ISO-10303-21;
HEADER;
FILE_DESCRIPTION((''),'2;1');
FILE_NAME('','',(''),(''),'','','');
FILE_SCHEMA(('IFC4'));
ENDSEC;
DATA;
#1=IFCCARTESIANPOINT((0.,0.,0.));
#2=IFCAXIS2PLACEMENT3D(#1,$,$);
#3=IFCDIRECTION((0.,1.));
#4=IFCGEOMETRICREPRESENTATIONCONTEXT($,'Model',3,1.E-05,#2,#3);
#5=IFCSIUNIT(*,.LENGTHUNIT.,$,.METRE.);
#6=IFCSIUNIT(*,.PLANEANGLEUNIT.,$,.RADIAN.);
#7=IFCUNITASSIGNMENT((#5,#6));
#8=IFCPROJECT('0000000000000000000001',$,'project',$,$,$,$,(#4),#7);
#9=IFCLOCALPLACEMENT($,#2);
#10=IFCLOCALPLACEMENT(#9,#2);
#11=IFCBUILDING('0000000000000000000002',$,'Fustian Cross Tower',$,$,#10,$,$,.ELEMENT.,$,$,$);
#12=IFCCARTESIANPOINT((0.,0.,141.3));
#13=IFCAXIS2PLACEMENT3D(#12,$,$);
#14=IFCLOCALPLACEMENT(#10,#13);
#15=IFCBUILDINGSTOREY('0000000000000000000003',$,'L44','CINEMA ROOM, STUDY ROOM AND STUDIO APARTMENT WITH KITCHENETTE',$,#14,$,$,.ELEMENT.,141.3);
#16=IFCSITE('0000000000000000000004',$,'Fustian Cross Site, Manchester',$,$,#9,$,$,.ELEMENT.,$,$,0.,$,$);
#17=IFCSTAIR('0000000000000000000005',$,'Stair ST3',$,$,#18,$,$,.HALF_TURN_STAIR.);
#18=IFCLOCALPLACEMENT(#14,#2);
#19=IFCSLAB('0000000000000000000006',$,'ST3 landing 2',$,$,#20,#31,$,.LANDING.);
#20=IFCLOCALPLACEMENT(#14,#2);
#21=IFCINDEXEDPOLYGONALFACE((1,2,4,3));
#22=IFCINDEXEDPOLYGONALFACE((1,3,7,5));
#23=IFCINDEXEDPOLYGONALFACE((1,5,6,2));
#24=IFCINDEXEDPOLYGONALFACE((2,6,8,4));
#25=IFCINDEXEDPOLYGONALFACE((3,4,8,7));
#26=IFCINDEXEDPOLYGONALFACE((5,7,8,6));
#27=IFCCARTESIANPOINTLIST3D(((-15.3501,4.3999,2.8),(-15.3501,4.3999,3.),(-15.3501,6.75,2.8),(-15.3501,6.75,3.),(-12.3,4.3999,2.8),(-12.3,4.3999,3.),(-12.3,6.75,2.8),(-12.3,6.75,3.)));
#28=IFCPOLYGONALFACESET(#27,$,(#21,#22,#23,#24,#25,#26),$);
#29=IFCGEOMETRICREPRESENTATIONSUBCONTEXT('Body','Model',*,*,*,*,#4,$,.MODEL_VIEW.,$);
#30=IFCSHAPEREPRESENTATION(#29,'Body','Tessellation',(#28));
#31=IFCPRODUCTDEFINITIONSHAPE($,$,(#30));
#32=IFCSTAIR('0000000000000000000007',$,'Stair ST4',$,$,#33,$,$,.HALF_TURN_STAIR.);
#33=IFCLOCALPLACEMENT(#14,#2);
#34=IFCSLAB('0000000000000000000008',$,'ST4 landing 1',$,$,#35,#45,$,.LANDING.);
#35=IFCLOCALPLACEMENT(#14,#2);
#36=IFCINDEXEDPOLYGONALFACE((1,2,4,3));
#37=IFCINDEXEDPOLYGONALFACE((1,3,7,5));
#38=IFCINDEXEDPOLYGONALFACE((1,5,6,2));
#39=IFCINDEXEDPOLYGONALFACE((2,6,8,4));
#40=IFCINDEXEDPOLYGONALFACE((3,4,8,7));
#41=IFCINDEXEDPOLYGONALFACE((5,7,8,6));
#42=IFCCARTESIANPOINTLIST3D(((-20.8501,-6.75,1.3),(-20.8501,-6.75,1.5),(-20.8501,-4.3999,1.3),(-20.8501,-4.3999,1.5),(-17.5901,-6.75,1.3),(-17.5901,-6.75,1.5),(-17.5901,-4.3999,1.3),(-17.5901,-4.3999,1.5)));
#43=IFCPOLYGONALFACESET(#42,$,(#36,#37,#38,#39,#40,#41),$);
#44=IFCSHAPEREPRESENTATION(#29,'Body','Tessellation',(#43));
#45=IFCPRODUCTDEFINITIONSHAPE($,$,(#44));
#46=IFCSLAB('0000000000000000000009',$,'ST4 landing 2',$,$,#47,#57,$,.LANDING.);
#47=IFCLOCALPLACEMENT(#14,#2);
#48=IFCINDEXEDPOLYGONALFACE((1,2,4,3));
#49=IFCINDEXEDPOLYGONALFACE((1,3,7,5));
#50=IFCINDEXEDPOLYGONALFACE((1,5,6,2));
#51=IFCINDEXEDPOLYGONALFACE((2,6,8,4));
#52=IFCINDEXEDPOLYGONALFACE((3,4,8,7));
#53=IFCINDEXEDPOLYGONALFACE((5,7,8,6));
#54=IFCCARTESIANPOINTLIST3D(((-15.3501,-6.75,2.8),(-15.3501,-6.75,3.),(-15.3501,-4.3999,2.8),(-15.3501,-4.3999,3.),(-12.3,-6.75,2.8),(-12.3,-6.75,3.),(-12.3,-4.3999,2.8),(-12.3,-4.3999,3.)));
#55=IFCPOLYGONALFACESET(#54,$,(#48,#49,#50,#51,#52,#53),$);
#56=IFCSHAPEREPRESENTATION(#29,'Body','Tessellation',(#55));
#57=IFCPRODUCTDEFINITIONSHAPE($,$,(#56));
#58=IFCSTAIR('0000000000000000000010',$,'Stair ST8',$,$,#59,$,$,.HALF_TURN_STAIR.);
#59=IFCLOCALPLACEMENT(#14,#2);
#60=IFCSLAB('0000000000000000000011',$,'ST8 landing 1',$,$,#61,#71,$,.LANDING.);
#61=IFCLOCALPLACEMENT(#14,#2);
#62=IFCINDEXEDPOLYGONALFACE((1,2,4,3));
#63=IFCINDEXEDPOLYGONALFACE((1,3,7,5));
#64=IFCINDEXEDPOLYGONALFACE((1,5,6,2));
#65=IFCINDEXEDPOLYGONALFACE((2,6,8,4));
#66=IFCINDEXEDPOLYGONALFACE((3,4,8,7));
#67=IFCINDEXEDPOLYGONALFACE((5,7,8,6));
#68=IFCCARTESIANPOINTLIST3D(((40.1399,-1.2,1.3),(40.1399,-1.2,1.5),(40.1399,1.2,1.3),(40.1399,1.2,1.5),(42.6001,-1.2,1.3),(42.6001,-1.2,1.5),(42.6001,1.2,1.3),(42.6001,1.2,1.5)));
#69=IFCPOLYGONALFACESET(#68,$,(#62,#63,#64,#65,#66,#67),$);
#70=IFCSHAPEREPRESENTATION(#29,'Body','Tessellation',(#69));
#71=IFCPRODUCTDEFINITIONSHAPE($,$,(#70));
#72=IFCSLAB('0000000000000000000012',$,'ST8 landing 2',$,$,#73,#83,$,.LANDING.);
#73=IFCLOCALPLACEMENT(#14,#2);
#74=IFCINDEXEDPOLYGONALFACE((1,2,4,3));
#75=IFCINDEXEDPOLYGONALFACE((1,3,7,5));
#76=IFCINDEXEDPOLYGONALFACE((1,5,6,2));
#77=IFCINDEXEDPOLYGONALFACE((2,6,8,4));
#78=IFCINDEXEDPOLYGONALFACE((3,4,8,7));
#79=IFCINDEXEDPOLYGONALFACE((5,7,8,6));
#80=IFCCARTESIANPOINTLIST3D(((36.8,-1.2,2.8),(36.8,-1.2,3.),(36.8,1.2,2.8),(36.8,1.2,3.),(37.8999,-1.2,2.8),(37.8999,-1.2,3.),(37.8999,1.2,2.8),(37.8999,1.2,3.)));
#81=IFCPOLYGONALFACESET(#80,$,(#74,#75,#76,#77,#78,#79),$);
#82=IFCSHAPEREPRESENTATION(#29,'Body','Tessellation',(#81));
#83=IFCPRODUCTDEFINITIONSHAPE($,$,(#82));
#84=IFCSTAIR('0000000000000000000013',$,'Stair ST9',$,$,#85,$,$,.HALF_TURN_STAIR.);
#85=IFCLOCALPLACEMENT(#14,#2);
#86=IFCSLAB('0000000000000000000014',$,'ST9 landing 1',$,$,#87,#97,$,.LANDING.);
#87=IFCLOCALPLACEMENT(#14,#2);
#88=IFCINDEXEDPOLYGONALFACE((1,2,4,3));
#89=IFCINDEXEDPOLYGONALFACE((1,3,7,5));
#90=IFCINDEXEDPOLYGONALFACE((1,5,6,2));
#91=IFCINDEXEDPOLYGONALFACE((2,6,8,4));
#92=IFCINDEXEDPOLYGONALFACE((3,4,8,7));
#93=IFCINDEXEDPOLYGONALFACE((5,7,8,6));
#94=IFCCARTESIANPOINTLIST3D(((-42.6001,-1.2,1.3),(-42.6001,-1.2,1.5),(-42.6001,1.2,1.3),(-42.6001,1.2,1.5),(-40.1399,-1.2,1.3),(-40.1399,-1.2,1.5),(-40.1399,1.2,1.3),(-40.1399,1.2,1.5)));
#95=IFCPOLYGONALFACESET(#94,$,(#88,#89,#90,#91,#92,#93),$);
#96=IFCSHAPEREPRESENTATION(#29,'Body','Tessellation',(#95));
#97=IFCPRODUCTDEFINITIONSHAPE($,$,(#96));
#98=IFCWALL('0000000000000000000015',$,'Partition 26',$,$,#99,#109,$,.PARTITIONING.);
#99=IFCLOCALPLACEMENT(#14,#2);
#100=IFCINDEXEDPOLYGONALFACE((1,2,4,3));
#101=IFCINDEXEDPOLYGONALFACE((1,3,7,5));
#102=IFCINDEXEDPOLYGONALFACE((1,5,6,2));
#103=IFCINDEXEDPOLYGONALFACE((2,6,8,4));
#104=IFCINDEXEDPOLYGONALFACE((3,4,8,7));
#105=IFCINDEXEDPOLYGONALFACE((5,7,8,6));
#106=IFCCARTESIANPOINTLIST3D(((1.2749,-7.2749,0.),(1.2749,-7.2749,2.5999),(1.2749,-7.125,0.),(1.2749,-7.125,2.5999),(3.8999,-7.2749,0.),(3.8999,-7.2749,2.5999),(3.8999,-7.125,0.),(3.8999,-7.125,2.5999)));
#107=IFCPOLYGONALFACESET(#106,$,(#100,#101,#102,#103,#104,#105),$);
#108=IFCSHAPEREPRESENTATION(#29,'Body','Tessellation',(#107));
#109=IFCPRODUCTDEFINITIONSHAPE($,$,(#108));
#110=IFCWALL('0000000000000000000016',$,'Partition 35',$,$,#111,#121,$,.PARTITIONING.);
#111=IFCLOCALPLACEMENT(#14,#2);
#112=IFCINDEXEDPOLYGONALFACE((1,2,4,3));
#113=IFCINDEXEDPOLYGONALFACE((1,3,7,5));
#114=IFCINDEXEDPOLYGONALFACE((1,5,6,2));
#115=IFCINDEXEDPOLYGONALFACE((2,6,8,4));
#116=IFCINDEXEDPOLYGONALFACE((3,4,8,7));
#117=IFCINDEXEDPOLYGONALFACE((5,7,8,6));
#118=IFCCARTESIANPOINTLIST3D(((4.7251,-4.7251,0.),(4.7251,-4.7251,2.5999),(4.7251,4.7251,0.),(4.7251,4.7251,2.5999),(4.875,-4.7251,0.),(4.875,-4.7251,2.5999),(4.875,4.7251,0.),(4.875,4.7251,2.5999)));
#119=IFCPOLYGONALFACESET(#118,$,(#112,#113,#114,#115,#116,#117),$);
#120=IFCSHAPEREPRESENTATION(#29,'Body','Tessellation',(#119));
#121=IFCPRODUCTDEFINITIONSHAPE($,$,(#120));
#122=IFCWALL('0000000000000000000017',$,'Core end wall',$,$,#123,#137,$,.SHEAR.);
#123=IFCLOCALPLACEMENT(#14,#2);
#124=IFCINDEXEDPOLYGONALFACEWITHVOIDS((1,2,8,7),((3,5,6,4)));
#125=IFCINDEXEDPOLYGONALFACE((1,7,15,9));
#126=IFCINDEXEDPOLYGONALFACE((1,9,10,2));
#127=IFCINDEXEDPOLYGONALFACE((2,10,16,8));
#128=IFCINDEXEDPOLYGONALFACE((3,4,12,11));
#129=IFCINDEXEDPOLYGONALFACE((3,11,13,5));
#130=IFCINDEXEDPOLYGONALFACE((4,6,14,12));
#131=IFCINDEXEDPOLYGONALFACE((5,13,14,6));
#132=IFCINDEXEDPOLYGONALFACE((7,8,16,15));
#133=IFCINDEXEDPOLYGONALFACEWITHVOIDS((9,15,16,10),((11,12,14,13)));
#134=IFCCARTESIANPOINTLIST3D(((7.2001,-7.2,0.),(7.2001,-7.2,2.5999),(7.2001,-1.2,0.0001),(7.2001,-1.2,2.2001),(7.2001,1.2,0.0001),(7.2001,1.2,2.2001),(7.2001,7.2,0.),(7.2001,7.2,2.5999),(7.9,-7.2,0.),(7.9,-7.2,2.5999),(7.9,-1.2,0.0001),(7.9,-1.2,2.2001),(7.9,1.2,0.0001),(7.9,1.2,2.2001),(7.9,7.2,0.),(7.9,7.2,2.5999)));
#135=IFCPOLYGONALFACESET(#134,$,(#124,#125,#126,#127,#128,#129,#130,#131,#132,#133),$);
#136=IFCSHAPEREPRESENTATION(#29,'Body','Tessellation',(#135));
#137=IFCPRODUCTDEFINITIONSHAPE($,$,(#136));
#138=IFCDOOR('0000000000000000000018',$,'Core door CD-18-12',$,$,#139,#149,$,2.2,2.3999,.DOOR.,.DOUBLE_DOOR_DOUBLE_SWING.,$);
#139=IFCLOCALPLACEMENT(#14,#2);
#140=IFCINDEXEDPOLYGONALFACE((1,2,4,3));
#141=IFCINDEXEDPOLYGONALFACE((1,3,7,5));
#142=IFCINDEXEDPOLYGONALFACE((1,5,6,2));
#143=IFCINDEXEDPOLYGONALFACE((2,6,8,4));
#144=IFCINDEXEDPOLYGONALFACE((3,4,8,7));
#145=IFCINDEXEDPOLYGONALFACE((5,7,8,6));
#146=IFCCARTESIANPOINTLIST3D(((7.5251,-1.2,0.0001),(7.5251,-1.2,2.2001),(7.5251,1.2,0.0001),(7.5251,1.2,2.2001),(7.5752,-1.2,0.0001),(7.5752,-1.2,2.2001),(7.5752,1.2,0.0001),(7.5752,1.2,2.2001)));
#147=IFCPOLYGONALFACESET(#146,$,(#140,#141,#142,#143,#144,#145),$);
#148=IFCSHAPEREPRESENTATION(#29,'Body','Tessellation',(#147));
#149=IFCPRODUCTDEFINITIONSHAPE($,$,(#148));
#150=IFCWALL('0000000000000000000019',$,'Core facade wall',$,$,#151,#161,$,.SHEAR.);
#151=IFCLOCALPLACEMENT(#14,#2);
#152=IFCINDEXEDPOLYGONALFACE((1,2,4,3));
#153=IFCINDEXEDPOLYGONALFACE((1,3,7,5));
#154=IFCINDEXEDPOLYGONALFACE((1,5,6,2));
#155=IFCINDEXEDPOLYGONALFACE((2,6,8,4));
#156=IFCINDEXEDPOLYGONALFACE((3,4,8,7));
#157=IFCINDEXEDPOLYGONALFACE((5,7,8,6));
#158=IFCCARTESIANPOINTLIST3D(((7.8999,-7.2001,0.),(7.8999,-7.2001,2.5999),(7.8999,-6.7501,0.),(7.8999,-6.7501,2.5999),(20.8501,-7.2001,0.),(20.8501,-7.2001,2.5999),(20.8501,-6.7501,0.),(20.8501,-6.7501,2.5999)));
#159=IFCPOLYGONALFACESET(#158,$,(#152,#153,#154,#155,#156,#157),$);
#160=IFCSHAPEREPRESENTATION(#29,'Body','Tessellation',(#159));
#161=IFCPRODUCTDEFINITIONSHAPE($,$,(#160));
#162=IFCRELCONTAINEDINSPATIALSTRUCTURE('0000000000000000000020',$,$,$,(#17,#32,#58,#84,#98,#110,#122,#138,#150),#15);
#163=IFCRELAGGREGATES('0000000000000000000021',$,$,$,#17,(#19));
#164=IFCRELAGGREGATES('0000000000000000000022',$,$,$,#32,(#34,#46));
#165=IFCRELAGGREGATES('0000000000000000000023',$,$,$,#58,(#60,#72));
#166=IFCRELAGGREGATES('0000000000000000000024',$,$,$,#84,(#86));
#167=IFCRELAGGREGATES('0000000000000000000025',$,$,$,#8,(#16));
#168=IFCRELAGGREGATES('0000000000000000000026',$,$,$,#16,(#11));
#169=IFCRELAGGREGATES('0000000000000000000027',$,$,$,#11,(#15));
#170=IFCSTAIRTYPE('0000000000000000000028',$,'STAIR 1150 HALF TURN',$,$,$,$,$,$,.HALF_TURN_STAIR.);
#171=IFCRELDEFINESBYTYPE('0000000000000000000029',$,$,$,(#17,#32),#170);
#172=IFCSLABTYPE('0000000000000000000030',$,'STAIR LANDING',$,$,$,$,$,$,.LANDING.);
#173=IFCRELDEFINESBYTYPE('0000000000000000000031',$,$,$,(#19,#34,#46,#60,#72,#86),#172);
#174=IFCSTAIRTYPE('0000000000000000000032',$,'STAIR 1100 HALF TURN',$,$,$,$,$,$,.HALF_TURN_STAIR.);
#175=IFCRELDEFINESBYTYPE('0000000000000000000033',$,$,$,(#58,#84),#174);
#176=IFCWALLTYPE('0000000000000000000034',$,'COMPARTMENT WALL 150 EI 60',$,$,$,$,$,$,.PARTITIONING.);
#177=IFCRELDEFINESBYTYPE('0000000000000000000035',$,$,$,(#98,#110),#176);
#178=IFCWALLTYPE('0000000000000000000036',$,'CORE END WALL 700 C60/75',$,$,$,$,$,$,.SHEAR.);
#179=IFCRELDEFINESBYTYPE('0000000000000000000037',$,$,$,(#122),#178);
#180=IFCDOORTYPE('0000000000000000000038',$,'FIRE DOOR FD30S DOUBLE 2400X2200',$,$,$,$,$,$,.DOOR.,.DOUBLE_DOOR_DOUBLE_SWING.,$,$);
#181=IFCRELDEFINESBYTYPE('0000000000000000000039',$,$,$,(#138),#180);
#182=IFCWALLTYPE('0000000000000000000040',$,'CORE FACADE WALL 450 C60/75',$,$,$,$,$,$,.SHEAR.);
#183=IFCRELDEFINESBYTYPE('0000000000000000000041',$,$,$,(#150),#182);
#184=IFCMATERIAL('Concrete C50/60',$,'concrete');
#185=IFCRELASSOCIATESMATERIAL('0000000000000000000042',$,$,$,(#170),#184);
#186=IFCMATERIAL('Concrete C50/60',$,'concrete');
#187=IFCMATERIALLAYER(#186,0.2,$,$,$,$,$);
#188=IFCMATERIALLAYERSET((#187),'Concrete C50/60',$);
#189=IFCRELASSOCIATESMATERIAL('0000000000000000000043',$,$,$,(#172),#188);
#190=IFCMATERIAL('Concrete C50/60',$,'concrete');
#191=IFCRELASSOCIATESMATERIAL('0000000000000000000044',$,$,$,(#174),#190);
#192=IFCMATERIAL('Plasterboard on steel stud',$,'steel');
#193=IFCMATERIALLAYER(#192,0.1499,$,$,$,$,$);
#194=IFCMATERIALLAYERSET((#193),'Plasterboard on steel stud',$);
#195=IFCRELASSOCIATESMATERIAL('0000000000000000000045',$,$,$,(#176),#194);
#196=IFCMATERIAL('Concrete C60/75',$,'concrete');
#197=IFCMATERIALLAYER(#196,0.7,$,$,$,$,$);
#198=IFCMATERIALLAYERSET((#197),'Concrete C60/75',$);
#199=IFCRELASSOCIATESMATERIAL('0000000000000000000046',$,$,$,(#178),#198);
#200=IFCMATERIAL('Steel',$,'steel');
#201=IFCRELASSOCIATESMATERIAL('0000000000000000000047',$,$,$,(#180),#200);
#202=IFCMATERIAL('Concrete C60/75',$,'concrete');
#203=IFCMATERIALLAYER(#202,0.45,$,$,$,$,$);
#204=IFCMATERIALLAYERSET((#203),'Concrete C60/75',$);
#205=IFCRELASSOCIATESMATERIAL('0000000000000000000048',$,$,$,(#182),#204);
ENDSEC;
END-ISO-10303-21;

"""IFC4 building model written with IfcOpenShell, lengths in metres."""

from ifc_helpers import new_model, si_unit, direction, frame, frame_2d, origin, place, context, subcontext, project, spatial, polyline, rectangle, outline, extrude, material, layer, layer_set, type_object, element, fill, aggregate, save


model = new_model("IFC4")

# Units and contexts
model_context = context("Model", 3, precision=1e-05, world=origin(), true_north=direction((0.0, 1.0)))
body_context = subcontext(model_context, "Body", "Model", "MODEL_VIEW")
ifc_project = project(units=[si_unit("LENGTHUNIT", "METRE"), si_unit("PLANEANGLEUNIT", "RADIAN")], contexts=[model_context])

# Site, building, storey
site_placement = place(None, origin())
site = spatial("IfcSite", under=ifc_project, at=site_placement, Name="Fustian Cross Site, Manchester", CompositionType="ELEMENT", RefElevation=0.0)
building_placement = place(site_placement, origin())
building = spatial("IfcBuilding", under=site, at=building_placement, Name="Fustian Cross Tower", CompositionType="ELEMENT")
storey_placement = place(building_placement, frame((0.0, 0.0, 141.3)))
storey = spatial("IfcBuildingStorey", under=building, at=storey_placement, Name="L44", Description="CINEMA ROOM, STUDY ROOM AND STUDIO APARTMENT WITH KITCHENETTE", CompositionType="ELEMENT", Elevation=141.3)

# Stairs, slabs
ifc_material_1 = material(Name="Concrete C50/60", Category="concrete")
stair_type_1 = type_object("IfcStairType", Name="STAIR 1150 HALF TURN", PredefinedType="HALF_TURN_STAIR", material=ifc_material_1)
stair_1_placement = place(storey_placement, origin())
stair_1 = element("IfcStair", 1, at=stair_1_placement, inside=storey, type_object=stair_type_1, Name="Stair ST3", PredefinedType="HALF_TURN_STAIR")
ifc_material_2 = material(Name="Concrete C50/60", Category="concrete")
ifc_layer_1 = layer(ifc_material_2, 0.2)
ifc_layer_set_1 = layer_set([ifc_layer_1], Name="Concrete C50/60")
slab_type = type_object("IfcSlabType", Name="STAIR LANDING", PredefinedType="LANDING", material=ifc_layer_set_1)
slab_1_placement = place(storey_placement, frame((0.0, 0.0, 2.8)))
slab_1 = element("IfcSlab", 2, at=slab_1_placement, type_object=slab_type, Name="ST3 landing 2", PredefinedType="LANDING", context=body_context, shape_type="SweptSolid", body=[
    extrude(outline(polyline([(-12.3, 4.3999), (-15.3501, 4.3999), (-15.3501, 6.75), (-12.3, 6.75), (-12.3, 4.3999)])), origin(), (0.0, 0.0, 1.0), 0.2),
])
aggregate(stair_1, [slab_1])
stair_2_placement = place(storey_placement, origin())
stair_2 = element("IfcStair", 3, at=stair_2_placement, inside=storey, type_object=stair_type_1, Name="Stair ST4", PredefinedType="HALF_TURN_STAIR")
slab_2_placement = place(storey_placement, frame((0.0, 0.0, 1.3)))
slab_2 = element("IfcSlab", 4, at=slab_2_placement, type_object=slab_type, Name="ST4 landing 1", PredefinedType="LANDING", context=body_context, shape_type="SweptSolid", body=[
    extrude(outline(polyline([(-17.5901, -4.3999), (-20.8501, -4.3999), (-20.8501, -6.75), (-17.5901, -6.75), (-17.5901, -4.3999)])), origin(), (0.0, 0.0, 1.0), 0.2),
])
slab_3_placement = place(storey_placement, frame((0.0, 0.0, 2.8)))
slab_3 = element("IfcSlab", 5, at=slab_3_placement, type_object=slab_type, Name="ST4 landing 2", PredefinedType="LANDING", context=body_context, shape_type="SweptSolid", body=[
    extrude(outline(polyline([(-12.3, -4.3999), (-15.3501, -4.3999), (-15.3501, -6.75), (-12.3, -6.75), (-12.3, -4.3999)])), origin(), (0.0, 0.0, 1.0), 0.2),
])
aggregate(stair_2, [slab_2, slab_3])
ifc_material_3 = material(Name="Concrete C50/60", Category="concrete")
stair_type_2 = type_object("IfcStairType", Name="STAIR 1100 HALF TURN", PredefinedType="HALF_TURN_STAIR", material=ifc_material_3)
stair_3_placement = place(storey_placement, origin())
stair_3 = element("IfcStair", 6, at=stair_3_placement, inside=storey, type_object=stair_type_2, Name="Stair ST8", PredefinedType="HALF_TURN_STAIR")
slab_4_placement = place(storey_placement, frame((0.0, 0.0, 1.3)))
slab_4 = element("IfcSlab", 7, at=slab_4_placement, type_object=slab_type, Name="ST8 landing 1", PredefinedType="LANDING", context=body_context, shape_type="SweptSolid", body=[
    extrude(outline(polyline([(40.1399, -1.2), (42.6001, -1.2), (42.6001, 1.2), (40.1399, 1.2), (40.1399, -1.2)])), origin(), (0.0, 0.0, 1.0), 0.2),
])
slab_5_placement = place(storey_placement, frame((0.0, 0.0, 2.8)))
slab_5 = element("IfcSlab", 8, at=slab_5_placement, type_object=slab_type, Name="ST8 landing 2", PredefinedType="LANDING", context=body_context, shape_type="SweptSolid", body=[
    extrude(outline(polyline([(36.8, -1.2), (37.8999, -1.2), (37.8999, 1.2), (36.8, 1.2), (36.8, -1.2)])), origin(), (0.0, 0.0, 1.0), 0.2),
])
aggregate(stair_3, [slab_4, slab_5])

# Stair, slab
stair_4_placement = place(storey_placement, origin())
stair_4 = element("IfcStair", 9, at=stair_4_placement, inside=storey, type_object=stair_type_2, Name="Stair ST9", PredefinedType="HALF_TURN_STAIR")
slab_6_placement = place(storey_placement, frame((0.0, 0.0, 1.3)))
slab_6 = element("IfcSlab", 10, at=slab_6_placement, type_object=slab_type, Name="ST9 landing 1", PredefinedType="LANDING", context=body_context, shape_type="SweptSolid", body=[
    extrude(outline(polyline([(-40.1399, -1.2), (-42.6001, -1.2), (-42.6001, 1.2), (-40.1399, 1.2), (-40.1399, -1.2)])), origin(), (0.0, 0.0, 1.0), 0.2),
])
aggregate(stair_4, [slab_6])

# Walls
ifc_material_4 = material(Name="Plasterboard on steel stud", Category="steel")
ifc_layer_2 = layer(ifc_material_4, 0.1499)
ifc_layer_set_2 = layer_set([ifc_layer_2], Name="Plasterboard on steel stud")
wall_type_1 = type_object("IfcWallType", Name="COMPARTMENT WALL 150 EI 60", PredefinedType="PARTITIONING", material=ifc_layer_set_2)
wall_1_placement = place(storey_placement, frame((1.2749, -7.2, 0.0), z_axis=(0.0, 0.0, 1.0), x_axis=(1.0, 0.0, 0.0)))
element("IfcWall", 11, at=wall_1_placement, inside=storey, type_object=wall_type_1, Name="Partition 26", PredefinedType="PARTITIONING", context=body_context, shape_type="SweptSolid", body=[
    extrude(rectangle(XDim=2.625, YDim=0.1499, at=frame_2d((1.3125, 0.0))), origin(), (0.0, 0.0, 1.0), 2.5999),
])
wall_2_placement = place(storey_placement, frame((4.8, -4.7251, 0.0), z_axis=(0.0, 0.0, 1.0), x_axis=(0.0, 1.0, 0.0)))
element("IfcWall", 12, at=wall_2_placement, inside=storey, type_object=wall_type_1, Name="Partition 35", PredefinedType="PARTITIONING", context=body_context, shape_type="SweptSolid", body=[
    extrude(rectangle(XDim=9.4502, YDim=0.1499, at=frame_2d((4.7251, 0.0))), origin(), (0.0, 0.0, 1.0), 2.5999),
])

# Wall, opening, door
ifc_material_5 = material(Name="Concrete C60/75", Category="concrete")
ifc_layer_3 = layer(ifc_material_5, 0.7)
ifc_layer_set_3 = layer_set([ifc_layer_3], Name="Concrete C60/75")
wall_type_2 = type_object("IfcWallType", Name="CORE END WALL 700 C60/75", PredefinedType="SHEAR", material=ifc_layer_set_3)
wall_3_placement = place(storey_placement, frame((7.55, -7.2, 0.0), z_axis=(0.0, 0.0, 1.0), x_axis=(0.0, 1.0, 0.0)))
wall_3 = element("IfcWall", 13, at=wall_3_placement, inside=storey, type_object=wall_type_2, Name="Core end wall", PredefinedType="SHEAR", context=body_context, shape_type="SweptSolid", body=[
    extrude(rectangle(XDim=14.3999, YDim=0.7, at=frame_2d((7.2, 0.0))), origin(), (0.0, 0.0, 1.0), 2.5999),
])
opening_1_placement = place(wall_3_placement, frame((6.0, 0.0, 0.0)))
opening_1 = element("IfcOpeningElement", 14, at=opening_1_placement, cuts=wall_3, PredefinedType="OPENING", context=body_context, shape_type="SweptSolid", body=[
    extrude(rectangle(XDim=2.3999, YDim=2.2, at=frame_2d((1.2, 1.1001))), frame((0.0, 0.3599, 0.0), z_axis=(0.0, -1.0, 0.0), x_axis=(1.0, 0.0, 0.0)), (0.0, 0.0, 1.0), 0.72),
])
ifc_material_6 = material(Name="Steel", Category="steel")
door_type_1 = type_object("IfcDoorType", Name="FIRE DOOR FD30S DOUBLE 2400X2200", OperationType="DOUBLE_DOOR_DOUBLE_SWING", PredefinedType="DOOR", material=ifc_material_6)
door_1_placement = place(opening_1_placement, origin())
door_1 = element("IfcDoor", 15, at=door_1_placement, inside=storey, type_object=door_type_1, Name="Core door CD-18-12", OperationType="DOUBLE_DOOR_DOUBLE_SWING", OverallHeight=2.2, OverallWidth=2.3999, PredefinedType="DOOR", context=body_context, shape_type="SweptSolid", body=[
    extrude(rectangle(XDim=2.3999, YDim=2.2, at=frame_2d((1.2, 1.1001))), frame((0.0, 0.0249, 0.0), z_axis=(0.0, -1.0, 0.0), x_axis=(1.0, 0.0, 0.0)), (0.0, 0.0, 1.0), 0.05),
])
fill(opening_1, door_1)

# Wall
ifc_material_7 = material(Name="Concrete C60/75", Category="concrete")
ifc_layer_4 = layer(ifc_material_7, 0.45)
ifc_layer_set_4 = layer_set([ifc_layer_4], Name="Concrete C60/75")
wall_type_3 = type_object("IfcWallType", Name="CORE FACADE WALL 450 C60/75", PredefinedType="SHEAR", material=ifc_layer_set_4)
wall_4_placement = place(storey_placement, frame((7.8999, -6.9751, 0.0), z_axis=(0.0, 0.0, 1.0), x_axis=(1.0, 0.0, 0.0)))
element("IfcWall", 16, at=wall_4_placement, inside=storey, type_object=wall_type_3, Name="Core facade wall", PredefinedType="SHEAR", context=body_context, shape_type="SweptSolid", body=[
    extrude(rectangle(XDim=12.9502, YDim=0.45, at=frame_2d((6.4751, 0.0))), origin(), (0.0, 0.0, 1.0), 2.5999),
])

save(model, "model.ifc")
